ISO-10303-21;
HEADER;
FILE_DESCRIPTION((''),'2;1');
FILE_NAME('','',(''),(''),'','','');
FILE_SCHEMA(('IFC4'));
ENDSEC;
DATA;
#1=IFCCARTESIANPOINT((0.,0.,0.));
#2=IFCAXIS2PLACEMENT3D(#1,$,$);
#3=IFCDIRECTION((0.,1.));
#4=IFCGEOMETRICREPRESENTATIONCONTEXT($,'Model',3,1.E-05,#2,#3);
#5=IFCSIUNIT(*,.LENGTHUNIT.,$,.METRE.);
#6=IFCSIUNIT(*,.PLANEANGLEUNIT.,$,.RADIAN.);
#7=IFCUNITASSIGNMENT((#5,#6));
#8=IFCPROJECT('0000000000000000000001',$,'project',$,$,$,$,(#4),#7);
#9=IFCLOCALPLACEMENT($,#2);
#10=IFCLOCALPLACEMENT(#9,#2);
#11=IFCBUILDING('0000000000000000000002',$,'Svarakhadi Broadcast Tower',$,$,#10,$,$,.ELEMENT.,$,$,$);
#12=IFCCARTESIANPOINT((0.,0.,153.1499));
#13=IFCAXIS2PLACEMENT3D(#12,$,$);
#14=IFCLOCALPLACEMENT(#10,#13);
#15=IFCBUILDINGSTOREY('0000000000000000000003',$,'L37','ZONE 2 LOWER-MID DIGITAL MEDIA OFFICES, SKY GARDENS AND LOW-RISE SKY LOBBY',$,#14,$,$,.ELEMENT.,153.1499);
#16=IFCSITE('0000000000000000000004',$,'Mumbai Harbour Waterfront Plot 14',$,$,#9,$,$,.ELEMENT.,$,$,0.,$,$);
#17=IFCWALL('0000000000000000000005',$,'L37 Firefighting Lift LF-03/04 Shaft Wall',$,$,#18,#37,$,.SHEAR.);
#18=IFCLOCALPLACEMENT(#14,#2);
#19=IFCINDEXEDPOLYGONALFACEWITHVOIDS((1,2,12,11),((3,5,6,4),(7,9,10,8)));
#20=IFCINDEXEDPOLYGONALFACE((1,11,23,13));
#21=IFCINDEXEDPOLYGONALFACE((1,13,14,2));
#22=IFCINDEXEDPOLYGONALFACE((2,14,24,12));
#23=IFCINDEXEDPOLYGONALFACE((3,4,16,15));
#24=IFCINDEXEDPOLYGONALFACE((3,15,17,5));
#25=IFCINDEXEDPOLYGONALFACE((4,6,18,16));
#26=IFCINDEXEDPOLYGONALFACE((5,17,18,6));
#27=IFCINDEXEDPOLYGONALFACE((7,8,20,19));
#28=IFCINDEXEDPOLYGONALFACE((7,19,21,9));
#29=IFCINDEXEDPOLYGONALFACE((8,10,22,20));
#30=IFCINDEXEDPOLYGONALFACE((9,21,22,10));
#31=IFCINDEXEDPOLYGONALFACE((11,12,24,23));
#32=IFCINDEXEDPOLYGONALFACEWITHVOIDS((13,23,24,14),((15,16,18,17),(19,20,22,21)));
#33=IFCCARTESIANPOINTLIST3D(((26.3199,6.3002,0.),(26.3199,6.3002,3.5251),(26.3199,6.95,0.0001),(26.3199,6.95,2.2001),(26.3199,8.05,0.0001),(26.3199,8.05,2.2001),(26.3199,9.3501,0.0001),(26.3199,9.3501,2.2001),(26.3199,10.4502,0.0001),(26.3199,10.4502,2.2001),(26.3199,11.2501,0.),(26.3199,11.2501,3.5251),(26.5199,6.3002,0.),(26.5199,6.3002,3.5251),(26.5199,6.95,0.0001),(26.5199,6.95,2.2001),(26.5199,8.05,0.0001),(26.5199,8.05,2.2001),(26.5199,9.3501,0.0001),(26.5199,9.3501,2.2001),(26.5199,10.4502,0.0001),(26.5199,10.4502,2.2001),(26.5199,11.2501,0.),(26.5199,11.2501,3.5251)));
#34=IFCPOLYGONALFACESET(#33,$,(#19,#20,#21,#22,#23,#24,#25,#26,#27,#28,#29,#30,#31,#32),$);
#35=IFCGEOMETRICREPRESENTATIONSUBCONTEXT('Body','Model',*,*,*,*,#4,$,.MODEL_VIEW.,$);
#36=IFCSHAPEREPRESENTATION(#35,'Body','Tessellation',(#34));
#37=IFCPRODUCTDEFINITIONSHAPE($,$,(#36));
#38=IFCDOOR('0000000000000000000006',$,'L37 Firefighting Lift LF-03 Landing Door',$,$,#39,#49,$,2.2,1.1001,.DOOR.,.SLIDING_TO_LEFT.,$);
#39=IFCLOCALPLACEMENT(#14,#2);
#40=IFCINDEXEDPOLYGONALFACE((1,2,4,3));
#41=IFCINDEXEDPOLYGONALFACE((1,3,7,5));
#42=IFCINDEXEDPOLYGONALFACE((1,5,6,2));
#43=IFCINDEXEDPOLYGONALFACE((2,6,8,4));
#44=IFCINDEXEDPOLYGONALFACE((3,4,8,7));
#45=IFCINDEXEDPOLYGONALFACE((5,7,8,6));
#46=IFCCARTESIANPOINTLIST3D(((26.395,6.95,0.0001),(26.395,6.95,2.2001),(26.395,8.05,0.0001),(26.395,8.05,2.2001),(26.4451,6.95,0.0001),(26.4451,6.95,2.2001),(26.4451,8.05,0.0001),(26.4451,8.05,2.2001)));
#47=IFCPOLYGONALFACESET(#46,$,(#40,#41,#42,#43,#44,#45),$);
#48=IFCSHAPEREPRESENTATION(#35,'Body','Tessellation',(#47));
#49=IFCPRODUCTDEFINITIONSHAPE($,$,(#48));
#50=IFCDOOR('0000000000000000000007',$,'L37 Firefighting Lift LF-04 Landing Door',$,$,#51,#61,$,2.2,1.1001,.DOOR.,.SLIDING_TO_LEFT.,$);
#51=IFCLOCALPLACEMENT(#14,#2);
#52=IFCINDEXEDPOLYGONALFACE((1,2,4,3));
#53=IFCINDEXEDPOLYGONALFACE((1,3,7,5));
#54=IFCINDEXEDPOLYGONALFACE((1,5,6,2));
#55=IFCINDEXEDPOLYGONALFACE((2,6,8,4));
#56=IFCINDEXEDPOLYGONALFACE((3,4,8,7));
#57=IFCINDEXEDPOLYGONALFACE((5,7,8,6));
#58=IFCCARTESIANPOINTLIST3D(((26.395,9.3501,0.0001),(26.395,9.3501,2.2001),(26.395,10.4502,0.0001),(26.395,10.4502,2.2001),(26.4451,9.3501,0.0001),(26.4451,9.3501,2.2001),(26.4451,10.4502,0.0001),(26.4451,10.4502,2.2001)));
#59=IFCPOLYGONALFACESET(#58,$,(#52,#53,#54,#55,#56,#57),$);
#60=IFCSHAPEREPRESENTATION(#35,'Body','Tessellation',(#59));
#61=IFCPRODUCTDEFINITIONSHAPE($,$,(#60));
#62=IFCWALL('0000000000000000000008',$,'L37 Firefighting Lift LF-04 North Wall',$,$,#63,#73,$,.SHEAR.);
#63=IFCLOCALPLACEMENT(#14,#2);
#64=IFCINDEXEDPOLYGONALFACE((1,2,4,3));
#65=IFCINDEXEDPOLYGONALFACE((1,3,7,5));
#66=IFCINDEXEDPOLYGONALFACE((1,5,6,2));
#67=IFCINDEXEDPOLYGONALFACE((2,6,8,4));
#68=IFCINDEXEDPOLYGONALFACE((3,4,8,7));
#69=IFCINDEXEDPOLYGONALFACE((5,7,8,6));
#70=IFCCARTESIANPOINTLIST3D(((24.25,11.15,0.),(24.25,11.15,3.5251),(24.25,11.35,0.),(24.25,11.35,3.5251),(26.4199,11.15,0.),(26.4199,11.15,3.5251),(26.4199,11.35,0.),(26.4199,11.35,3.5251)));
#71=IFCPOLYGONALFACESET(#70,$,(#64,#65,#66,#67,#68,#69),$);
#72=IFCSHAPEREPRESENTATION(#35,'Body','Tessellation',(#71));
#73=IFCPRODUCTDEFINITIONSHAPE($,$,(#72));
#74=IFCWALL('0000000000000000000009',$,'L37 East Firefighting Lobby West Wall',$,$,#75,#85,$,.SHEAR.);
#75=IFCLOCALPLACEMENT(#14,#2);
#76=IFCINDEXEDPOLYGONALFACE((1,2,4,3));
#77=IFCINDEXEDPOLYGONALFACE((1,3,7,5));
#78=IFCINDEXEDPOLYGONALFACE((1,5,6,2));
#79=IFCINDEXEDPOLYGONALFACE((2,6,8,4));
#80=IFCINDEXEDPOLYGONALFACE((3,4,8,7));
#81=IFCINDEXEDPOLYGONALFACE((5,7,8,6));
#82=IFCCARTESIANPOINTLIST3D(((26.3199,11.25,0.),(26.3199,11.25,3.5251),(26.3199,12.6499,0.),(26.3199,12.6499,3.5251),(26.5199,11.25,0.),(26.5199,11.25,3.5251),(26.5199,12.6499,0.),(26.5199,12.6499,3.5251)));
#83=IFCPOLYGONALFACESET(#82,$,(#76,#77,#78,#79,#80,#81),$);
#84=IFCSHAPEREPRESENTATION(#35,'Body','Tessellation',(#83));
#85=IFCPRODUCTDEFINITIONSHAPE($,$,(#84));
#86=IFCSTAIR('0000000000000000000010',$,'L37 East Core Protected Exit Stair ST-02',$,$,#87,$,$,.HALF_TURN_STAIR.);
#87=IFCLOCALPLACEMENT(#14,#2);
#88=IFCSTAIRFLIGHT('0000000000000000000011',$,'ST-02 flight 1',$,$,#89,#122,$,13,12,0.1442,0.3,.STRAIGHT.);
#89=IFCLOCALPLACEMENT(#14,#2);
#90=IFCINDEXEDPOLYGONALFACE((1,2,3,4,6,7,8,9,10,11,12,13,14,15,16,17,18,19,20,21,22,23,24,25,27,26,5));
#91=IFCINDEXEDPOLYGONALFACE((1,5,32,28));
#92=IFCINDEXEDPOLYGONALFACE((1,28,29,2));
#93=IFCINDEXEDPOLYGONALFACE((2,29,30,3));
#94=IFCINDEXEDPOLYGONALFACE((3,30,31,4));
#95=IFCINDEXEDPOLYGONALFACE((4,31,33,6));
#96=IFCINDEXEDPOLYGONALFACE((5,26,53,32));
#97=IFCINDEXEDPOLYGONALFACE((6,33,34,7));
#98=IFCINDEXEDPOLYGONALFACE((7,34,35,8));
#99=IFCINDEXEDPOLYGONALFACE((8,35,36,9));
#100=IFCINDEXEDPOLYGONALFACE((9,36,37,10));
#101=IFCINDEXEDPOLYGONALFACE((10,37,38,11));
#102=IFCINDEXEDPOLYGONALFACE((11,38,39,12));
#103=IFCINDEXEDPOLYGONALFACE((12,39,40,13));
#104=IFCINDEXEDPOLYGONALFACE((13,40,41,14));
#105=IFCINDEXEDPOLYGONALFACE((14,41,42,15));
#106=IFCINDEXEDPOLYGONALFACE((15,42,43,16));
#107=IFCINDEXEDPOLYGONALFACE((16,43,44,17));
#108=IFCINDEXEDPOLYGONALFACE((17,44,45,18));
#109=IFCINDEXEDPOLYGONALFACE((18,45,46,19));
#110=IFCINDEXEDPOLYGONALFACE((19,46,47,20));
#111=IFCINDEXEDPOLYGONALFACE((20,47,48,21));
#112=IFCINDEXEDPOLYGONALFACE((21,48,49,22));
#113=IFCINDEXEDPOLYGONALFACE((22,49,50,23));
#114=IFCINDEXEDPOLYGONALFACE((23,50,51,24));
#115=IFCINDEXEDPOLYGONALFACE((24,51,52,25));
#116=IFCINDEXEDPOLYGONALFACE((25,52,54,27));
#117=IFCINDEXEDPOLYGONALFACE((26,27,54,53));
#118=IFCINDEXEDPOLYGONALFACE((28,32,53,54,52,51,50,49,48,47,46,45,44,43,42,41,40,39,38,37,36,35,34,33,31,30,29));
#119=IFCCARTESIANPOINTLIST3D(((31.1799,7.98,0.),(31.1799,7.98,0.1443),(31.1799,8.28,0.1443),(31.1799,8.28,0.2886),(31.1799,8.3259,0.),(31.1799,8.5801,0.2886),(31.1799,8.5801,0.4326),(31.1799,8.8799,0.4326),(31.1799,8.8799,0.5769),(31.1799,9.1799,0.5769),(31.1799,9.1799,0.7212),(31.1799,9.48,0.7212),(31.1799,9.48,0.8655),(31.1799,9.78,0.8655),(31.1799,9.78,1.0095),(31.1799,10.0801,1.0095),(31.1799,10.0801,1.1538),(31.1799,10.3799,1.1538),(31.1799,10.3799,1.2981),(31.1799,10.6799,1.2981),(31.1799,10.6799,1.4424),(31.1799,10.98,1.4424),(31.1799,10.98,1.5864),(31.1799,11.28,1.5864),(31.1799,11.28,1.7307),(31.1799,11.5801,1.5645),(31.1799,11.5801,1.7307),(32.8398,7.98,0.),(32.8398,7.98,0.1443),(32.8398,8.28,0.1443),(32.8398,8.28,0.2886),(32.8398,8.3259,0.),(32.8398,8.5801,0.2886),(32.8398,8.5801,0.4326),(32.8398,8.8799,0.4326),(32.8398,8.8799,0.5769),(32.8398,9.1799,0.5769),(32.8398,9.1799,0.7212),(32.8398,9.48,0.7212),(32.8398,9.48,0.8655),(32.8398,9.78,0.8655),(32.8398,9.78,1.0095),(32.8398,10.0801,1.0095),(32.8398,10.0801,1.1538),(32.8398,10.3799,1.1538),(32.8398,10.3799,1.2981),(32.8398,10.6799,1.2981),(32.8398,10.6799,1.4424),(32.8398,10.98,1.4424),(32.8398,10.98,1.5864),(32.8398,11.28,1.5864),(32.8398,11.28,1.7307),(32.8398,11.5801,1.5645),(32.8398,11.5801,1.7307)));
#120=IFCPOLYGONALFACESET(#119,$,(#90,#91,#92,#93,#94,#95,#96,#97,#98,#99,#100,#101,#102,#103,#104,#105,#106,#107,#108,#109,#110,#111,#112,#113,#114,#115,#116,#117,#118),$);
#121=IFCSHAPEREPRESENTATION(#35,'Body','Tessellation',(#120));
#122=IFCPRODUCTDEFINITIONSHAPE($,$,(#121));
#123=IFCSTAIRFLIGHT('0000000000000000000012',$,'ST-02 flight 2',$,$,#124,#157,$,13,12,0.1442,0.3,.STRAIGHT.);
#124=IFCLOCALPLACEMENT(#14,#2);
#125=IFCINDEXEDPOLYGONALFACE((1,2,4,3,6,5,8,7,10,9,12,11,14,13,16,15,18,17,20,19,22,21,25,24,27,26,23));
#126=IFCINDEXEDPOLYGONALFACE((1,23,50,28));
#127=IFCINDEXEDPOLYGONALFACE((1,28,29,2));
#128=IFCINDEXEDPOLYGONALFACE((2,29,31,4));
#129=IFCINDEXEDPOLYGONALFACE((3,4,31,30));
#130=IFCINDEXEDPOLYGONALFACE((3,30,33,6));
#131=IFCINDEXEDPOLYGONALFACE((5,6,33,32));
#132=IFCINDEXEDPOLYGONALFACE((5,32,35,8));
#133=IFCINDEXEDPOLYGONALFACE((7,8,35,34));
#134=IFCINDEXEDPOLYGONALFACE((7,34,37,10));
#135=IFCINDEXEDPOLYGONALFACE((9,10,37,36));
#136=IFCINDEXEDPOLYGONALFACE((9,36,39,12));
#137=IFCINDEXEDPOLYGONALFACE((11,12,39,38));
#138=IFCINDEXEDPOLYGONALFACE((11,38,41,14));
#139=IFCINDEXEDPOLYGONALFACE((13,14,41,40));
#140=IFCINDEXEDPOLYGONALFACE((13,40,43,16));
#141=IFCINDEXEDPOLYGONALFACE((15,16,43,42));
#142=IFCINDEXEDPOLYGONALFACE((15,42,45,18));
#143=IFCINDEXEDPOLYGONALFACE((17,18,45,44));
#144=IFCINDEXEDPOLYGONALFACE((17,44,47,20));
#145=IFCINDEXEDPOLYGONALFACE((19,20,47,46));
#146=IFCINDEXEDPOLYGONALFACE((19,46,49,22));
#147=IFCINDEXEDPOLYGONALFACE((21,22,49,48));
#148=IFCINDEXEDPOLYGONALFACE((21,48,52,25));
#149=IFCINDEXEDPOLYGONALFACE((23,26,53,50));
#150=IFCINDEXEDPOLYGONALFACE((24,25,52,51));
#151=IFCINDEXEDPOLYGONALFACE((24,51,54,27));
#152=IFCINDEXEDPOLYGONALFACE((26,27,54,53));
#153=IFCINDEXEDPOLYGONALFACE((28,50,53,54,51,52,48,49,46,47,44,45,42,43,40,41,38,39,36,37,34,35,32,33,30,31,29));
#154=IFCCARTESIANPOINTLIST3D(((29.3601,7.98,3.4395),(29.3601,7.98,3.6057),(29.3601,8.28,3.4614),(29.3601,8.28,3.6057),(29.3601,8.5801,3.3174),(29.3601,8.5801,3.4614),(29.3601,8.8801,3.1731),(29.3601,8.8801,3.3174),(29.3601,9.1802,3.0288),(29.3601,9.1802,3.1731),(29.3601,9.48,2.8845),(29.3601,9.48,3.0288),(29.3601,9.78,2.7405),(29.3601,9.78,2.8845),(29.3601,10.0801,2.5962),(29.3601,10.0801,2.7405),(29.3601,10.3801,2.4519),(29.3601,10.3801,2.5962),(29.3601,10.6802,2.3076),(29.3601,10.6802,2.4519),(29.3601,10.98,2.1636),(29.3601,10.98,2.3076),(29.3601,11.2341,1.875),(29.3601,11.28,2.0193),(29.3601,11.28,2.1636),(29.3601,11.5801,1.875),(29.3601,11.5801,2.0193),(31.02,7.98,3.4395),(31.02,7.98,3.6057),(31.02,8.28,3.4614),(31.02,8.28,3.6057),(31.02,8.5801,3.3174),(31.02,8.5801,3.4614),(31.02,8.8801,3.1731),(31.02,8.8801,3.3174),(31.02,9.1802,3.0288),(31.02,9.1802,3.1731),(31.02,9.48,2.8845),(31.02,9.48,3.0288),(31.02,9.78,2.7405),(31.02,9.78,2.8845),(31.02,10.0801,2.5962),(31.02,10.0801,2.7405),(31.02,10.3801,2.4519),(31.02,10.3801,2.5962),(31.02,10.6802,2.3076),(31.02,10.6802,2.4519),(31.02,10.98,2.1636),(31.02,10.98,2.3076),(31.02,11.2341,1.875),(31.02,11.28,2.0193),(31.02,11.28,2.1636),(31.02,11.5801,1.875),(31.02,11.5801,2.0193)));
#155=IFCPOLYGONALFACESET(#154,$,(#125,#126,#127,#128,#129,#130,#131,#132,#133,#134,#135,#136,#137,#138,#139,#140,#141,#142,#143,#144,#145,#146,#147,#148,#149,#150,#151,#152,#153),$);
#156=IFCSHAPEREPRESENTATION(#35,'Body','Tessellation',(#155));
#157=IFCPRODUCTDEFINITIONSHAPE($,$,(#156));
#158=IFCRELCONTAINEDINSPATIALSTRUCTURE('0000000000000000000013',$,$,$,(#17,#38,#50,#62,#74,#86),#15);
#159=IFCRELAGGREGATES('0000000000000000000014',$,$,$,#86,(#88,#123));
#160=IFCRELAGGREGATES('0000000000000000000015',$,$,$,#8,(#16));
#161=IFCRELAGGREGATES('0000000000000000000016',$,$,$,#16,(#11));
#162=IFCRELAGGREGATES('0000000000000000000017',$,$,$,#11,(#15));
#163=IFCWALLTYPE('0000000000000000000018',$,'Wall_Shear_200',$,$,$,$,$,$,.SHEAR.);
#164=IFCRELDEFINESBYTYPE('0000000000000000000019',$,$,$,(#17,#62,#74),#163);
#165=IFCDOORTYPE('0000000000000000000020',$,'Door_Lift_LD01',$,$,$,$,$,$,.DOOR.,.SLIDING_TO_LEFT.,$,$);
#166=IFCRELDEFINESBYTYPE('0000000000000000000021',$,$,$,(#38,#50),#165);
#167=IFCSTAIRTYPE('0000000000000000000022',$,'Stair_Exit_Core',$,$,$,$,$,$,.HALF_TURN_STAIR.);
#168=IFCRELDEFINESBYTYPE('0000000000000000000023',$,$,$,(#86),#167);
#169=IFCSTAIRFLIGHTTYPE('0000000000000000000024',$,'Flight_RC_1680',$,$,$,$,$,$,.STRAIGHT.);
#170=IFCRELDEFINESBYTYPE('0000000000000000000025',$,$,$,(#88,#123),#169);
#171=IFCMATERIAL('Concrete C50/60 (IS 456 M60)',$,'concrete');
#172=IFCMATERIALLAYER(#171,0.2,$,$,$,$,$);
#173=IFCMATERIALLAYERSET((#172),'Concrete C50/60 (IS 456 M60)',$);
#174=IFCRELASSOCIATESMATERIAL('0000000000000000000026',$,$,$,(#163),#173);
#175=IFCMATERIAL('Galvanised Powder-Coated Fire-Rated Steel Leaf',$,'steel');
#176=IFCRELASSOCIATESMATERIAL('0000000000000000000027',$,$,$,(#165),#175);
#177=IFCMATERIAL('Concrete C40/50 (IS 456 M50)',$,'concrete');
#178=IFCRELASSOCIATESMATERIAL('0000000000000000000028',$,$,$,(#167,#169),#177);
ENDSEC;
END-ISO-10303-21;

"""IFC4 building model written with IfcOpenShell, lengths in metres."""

from ifc_helpers import new_model, si_unit, direction, frame, frame_2d, origin, place, context, subcontext, project, spatial, polyline, rectangle, outline, extrude, material, layer, layer_set, type_object, element, fill, aggregate, save


model = new_model("IFC4")

# Units and contexts
model_context = context("Model", 3, precision=1e-05, world=origin(), true_north=direction((0.0, 1.0)))
body_context = subcontext(model_context, "Body", "Model", "MODEL_VIEW")
ifc_project = project(units=[si_unit("LENGTHUNIT", "METRE"), si_unit("PLANEANGLEUNIT", "RADIAN")], contexts=[model_context])

# Site, building, storey
site_placement = place(None, origin())
site = spatial("IfcSite", under=ifc_project, at=site_placement, Name="Mumbai Harbour Waterfront Plot 14", CompositionType="ELEMENT", RefElevation=0.0)
building_placement = place(site_placement, origin())
building = spatial("IfcBuilding", under=site, at=building_placement, Name="Svarakhadi Broadcast Tower", CompositionType="ELEMENT")
storey_placement = place(building_placement, frame((0.0, 0.0, 153.1499)))
storey = spatial("IfcBuildingStorey", under=building, at=storey_placement, Name="L37", Description="ZONE 2 LOWER-MID DIGITAL MEDIA OFFICES, SKY GARDENS AND LOW-RISE SKY LOBBY", CompositionType="ELEMENT", Elevation=153.1499)

# Shared definitions
ifc_material_1 = material(Name="Concrete C50/60 (IS 456 M60)", Category="concrete")

# Shared definitions
ifc_material_2 = material(Name="Concrete C40/50 (IS 456 M50)", Category="concrete")

# Shared definitions
ifc_layer_1 = layer(ifc_material_1, 0.2)
ifc_layer_set_1 = layer_set([ifc_layer_1], Name="Concrete C50/60 (IS 456 M60)")
wall_type_1 = type_object("IfcWallType", Name="Wall_Shear_200", PredefinedType="SHEAR", material=ifc_layer_set_1)
ifc_material_3 = material(Name="Galvanised Powder-Coated Fire-Rated Steel Leaf", Category="steel")

# Wall, openings, doors
wall_1_placement = place(storey_placement, frame((26.4199, 6.3, 0.0), z_axis=(0.0, 0.0, 1.0), x_axis=(0.0, 1.0, 0.0)))
wall_1 = element("IfcWall", 1, at=wall_1_placement, inside=storey, type_object=wall_type_1, Name="L37 Firefighting Lift LF-03/04 Shaft Wall", PredefinedType="SHEAR", context=body_context, shape_type="SweptSolid", body=[
    extrude(rectangle(XDim=4.95, YDim=0.2, at=frame_2d((2.4751, 0.0))), origin(), (0.0, 0.0, 1.0), 3.5251),
])
opening_1_placement = place(wall_1_placement, frame((0.6499, 0.0, 0.0)))
opening_1 = element("IfcOpeningElement", 2, at=opening_1_placement, cuts=wall_1, PredefinedType="OPENING", context=body_context, shape_type="SweptSolid", body=[
    extrude(rectangle(XDim=1.1001, YDim=2.2, at=frame_2d((0.55, 1.1001))), frame((0.0, 0.1099, 0.0), z_axis=(0.0, -1.0, 0.0), x_axis=(1.0, 0.0, 0.0)), (0.0, 0.0, 1.0), 0.22),
])
opening_2_placement = place(wall_1_placement, frame((3.05, 0.0, 0.0)))
opening_2 = element("IfcOpeningElement", 3, at=opening_2_placement, cuts=wall_1, PredefinedType="OPENING", context=body_context, shape_type="SweptSolid", body=[
    extrude(rectangle(XDim=1.1001, YDim=2.2, at=frame_2d((0.55, 1.1001))), frame((0.0, 0.1099, 0.0), z_axis=(0.0, -1.0, 0.0), x_axis=(1.0, 0.0, 0.0)), (0.0, 0.0, 1.0), 0.22),
])
door_type_1 = type_object("IfcDoorType", Name="Door_Lift_LD01", OperationType="SLIDING_TO_LEFT", PredefinedType="DOOR", material=ifc_material_3)
door_1_placement = place(opening_1_placement, origin())
door_1 = element("IfcDoor", 4, at=door_1_placement, inside=storey, type_object=door_type_1, Name="L37 Firefighting Lift LF-03 Landing Door", OperationType="SLIDING_TO_LEFT", OverallHeight=2.2, OverallWidth=1.1001, PredefinedType="DOOR", context=body_context, shape_type="SweptSolid", body=[
    extrude(rectangle(XDim=1.1001, YDim=2.2, at=frame_2d((0.55, 1.1001))), frame((0.0, 0.0249, 0.0), z_axis=(0.0, -1.0, 0.0), x_axis=(1.0, 0.0, 0.0)), (0.0, 0.0, 1.0), 0.05),
])
fill(opening_1, door_1)
door_2_placement = place(opening_2_placement, origin())
door_2 = element("IfcDoor", 5, at=door_2_placement, inside=storey, type_object=door_type_1, Name="L37 Firefighting Lift LF-04 Landing Door", OperationType="SLIDING_TO_LEFT", OverallHeight=2.2, OverallWidth=1.1001, PredefinedType="DOOR", context=body_context, shape_type="SweptSolid", body=[
    extrude(rectangle(XDim=1.1001, YDim=2.2, at=frame_2d((0.55, 1.1001))), frame((0.0, 0.0249, 0.0), z_axis=(0.0, -1.0, 0.0), x_axis=(1.0, 0.0, 0.0)), (0.0, 0.0, 1.0), 0.05),
])
fill(opening_2, door_2)

# Walls
wall_2_placement = place(storey_placement, frame((24.25, 11.25, 0.0), z_axis=(0.0, 0.0, 1.0), x_axis=(1.0, 0.0, 0.0)))
element("IfcWall", 6, at=wall_2_placement, inside=storey, type_object=wall_type_1, Name="L37 Firefighting Lift LF-04 North Wall", PredefinedType="SHEAR", context=body_context, shape_type="SweptSolid", body=[
    extrude(rectangle(XDim=2.1699, YDim=0.2, at=frame_2d((1.085, 0.0))), origin(), (0.0, 0.0, 1.0), 3.5251),
])
wall_3_placement = place(storey_placement, frame((26.4199, 11.25, 0.0), z_axis=(0.0, 0.0, 1.0), x_axis=(0.0, 1.0, 0.0)))
element("IfcWall", 7, at=wall_3_placement, inside=storey, type_object=wall_type_1, Name="L37 East Firefighting Lobby West Wall", PredefinedType="SHEAR", context=body_context, shape_type="SweptSolid", body=[
    extrude(rectangle(XDim=1.3999, YDim=0.2, at=frame_2d((0.7, 0.0))), origin(), (0.0, 0.0, 1.0), 3.5251),
])

# Stair, stair flights
stair_type = type_object("IfcStairType", Name="Stair_Exit_Core", PredefinedType="HALF_TURN_STAIR", material=ifc_material_2)
stair_placement = place(storey_placement, origin())
stair = element("IfcStair", 8, at=stair_placement, inside=storey, type_object=stair_type, Name="L37 East Core Protected Exit Stair ST-02", PredefinedType="HALF_TURN_STAIR")
stair_flight_type = type_object("IfcStairFlightType", Name="Flight_RC_1680", PredefinedType="STRAIGHT", material=ifc_material_2)
stair_flight_1_placement = place(storey_placement, frame((32.01, 7.98, 0.0), z_axis=(0.0, 0.0, 1.0), x_axis=(0.0, 1.0, 0.0)))
stair_flight_1 = element("IfcStairFlight", 9, at=stair_flight_1_placement, type_object=stair_flight_type, Name="ST-02 flight 1", NumberOfRisers=13, NumberOfTreads=12, PredefinedType="STRAIGHT", RiserHeight=0.1442, TreadLength=0.3, context=body_context, shape_type="SweptSolid", body=[
    extrude(outline(polyline([(0.0, 0.0), (0.0, 0.1443), (0.3, 0.1443), (0.3, 0.2886), (0.6001, 0.2886), (0.6001, 0.4326), (0.8999, 0.4326), (0.8999, 0.5769), (1.2, 0.5769), (1.2, 0.7212), (1.5, 0.7212), (1.5, 0.8655), (1.8, 0.8655), (1.8, 1.0095), (2.1001, 1.0095), (2.1001, 1.1538), (2.3999, 1.1538), (2.3999, 1.2981), (2.7, 1.2981), (2.7, 1.4424), (3.0, 1.4424), (3.0, 1.5864), (3.3, 1.5864), (3.3, 1.7307), (3.6001, 1.7307), (3.6001, 1.875), (3.6001, 1.5645), (0.3459, 0.0), (0.0, 0.0)])), frame((0.0, 0.8301, 0.0), z_axis=(0.0, -1.0, 0.0), x_axis=(1.0, 0.0, 0.0)), (0.0, 0.0, 1.0), 1.6599),
])
stair_flight_2_placement = place(storey_placement, frame((30.1899, 11.5801, 1.875), z_axis=(0.0, 0.0, 1.0), x_axis=(0.0, -1.0, 0.0)))
stair_flight_2 = element("IfcStairFlight", 10, at=stair_flight_2_placement, type_object=stair_flight_type, Name="ST-02 flight 2", NumberOfRisers=13, NumberOfTreads=12, PredefinedType="STRAIGHT", RiserHeight=0.1442, TreadLength=0.3, context=body_context, shape_type="SweptSolid", body=[
    extrude(outline(polyline([(0.0, 0.0), (0.0, 0.1443), (0.3, 0.1443), (0.3, 0.2886), (0.6001, 0.2886), (0.6001, 0.4326), (0.8999, 0.4326), (0.8999, 0.5769), (1.2, 0.5769), (1.2, 0.7212), (1.5, 0.7212), (1.5, 0.8655), (1.8, 0.8655), (1.8, 1.0095), (2.1001, 1.0095), (2.1001, 1.1538), (2.3999, 1.1538), (2.3999, 1.2981), (2.7, 1.2981), (2.7, 1.4424), (3.0, 1.4424), (3.0, 1.5864), (3.3, 1.5864), (3.3, 1.7307), (3.6001, 1.7307), (3.6001, 1.875), (3.6001, 1.5645), (0.3459, 0.0), (0.0, 0.0)])), frame((0.0, 0.8301, 0.0), z_axis=(0.0, -1.0, 0.0), x_axis=(1.0, 0.0, 0.0)), (0.0, 0.0, 1.0), 1.6599),
])
aggregate(stair, [stair_flight_1, stair_flight_2])

save(model, "model.ifc")
